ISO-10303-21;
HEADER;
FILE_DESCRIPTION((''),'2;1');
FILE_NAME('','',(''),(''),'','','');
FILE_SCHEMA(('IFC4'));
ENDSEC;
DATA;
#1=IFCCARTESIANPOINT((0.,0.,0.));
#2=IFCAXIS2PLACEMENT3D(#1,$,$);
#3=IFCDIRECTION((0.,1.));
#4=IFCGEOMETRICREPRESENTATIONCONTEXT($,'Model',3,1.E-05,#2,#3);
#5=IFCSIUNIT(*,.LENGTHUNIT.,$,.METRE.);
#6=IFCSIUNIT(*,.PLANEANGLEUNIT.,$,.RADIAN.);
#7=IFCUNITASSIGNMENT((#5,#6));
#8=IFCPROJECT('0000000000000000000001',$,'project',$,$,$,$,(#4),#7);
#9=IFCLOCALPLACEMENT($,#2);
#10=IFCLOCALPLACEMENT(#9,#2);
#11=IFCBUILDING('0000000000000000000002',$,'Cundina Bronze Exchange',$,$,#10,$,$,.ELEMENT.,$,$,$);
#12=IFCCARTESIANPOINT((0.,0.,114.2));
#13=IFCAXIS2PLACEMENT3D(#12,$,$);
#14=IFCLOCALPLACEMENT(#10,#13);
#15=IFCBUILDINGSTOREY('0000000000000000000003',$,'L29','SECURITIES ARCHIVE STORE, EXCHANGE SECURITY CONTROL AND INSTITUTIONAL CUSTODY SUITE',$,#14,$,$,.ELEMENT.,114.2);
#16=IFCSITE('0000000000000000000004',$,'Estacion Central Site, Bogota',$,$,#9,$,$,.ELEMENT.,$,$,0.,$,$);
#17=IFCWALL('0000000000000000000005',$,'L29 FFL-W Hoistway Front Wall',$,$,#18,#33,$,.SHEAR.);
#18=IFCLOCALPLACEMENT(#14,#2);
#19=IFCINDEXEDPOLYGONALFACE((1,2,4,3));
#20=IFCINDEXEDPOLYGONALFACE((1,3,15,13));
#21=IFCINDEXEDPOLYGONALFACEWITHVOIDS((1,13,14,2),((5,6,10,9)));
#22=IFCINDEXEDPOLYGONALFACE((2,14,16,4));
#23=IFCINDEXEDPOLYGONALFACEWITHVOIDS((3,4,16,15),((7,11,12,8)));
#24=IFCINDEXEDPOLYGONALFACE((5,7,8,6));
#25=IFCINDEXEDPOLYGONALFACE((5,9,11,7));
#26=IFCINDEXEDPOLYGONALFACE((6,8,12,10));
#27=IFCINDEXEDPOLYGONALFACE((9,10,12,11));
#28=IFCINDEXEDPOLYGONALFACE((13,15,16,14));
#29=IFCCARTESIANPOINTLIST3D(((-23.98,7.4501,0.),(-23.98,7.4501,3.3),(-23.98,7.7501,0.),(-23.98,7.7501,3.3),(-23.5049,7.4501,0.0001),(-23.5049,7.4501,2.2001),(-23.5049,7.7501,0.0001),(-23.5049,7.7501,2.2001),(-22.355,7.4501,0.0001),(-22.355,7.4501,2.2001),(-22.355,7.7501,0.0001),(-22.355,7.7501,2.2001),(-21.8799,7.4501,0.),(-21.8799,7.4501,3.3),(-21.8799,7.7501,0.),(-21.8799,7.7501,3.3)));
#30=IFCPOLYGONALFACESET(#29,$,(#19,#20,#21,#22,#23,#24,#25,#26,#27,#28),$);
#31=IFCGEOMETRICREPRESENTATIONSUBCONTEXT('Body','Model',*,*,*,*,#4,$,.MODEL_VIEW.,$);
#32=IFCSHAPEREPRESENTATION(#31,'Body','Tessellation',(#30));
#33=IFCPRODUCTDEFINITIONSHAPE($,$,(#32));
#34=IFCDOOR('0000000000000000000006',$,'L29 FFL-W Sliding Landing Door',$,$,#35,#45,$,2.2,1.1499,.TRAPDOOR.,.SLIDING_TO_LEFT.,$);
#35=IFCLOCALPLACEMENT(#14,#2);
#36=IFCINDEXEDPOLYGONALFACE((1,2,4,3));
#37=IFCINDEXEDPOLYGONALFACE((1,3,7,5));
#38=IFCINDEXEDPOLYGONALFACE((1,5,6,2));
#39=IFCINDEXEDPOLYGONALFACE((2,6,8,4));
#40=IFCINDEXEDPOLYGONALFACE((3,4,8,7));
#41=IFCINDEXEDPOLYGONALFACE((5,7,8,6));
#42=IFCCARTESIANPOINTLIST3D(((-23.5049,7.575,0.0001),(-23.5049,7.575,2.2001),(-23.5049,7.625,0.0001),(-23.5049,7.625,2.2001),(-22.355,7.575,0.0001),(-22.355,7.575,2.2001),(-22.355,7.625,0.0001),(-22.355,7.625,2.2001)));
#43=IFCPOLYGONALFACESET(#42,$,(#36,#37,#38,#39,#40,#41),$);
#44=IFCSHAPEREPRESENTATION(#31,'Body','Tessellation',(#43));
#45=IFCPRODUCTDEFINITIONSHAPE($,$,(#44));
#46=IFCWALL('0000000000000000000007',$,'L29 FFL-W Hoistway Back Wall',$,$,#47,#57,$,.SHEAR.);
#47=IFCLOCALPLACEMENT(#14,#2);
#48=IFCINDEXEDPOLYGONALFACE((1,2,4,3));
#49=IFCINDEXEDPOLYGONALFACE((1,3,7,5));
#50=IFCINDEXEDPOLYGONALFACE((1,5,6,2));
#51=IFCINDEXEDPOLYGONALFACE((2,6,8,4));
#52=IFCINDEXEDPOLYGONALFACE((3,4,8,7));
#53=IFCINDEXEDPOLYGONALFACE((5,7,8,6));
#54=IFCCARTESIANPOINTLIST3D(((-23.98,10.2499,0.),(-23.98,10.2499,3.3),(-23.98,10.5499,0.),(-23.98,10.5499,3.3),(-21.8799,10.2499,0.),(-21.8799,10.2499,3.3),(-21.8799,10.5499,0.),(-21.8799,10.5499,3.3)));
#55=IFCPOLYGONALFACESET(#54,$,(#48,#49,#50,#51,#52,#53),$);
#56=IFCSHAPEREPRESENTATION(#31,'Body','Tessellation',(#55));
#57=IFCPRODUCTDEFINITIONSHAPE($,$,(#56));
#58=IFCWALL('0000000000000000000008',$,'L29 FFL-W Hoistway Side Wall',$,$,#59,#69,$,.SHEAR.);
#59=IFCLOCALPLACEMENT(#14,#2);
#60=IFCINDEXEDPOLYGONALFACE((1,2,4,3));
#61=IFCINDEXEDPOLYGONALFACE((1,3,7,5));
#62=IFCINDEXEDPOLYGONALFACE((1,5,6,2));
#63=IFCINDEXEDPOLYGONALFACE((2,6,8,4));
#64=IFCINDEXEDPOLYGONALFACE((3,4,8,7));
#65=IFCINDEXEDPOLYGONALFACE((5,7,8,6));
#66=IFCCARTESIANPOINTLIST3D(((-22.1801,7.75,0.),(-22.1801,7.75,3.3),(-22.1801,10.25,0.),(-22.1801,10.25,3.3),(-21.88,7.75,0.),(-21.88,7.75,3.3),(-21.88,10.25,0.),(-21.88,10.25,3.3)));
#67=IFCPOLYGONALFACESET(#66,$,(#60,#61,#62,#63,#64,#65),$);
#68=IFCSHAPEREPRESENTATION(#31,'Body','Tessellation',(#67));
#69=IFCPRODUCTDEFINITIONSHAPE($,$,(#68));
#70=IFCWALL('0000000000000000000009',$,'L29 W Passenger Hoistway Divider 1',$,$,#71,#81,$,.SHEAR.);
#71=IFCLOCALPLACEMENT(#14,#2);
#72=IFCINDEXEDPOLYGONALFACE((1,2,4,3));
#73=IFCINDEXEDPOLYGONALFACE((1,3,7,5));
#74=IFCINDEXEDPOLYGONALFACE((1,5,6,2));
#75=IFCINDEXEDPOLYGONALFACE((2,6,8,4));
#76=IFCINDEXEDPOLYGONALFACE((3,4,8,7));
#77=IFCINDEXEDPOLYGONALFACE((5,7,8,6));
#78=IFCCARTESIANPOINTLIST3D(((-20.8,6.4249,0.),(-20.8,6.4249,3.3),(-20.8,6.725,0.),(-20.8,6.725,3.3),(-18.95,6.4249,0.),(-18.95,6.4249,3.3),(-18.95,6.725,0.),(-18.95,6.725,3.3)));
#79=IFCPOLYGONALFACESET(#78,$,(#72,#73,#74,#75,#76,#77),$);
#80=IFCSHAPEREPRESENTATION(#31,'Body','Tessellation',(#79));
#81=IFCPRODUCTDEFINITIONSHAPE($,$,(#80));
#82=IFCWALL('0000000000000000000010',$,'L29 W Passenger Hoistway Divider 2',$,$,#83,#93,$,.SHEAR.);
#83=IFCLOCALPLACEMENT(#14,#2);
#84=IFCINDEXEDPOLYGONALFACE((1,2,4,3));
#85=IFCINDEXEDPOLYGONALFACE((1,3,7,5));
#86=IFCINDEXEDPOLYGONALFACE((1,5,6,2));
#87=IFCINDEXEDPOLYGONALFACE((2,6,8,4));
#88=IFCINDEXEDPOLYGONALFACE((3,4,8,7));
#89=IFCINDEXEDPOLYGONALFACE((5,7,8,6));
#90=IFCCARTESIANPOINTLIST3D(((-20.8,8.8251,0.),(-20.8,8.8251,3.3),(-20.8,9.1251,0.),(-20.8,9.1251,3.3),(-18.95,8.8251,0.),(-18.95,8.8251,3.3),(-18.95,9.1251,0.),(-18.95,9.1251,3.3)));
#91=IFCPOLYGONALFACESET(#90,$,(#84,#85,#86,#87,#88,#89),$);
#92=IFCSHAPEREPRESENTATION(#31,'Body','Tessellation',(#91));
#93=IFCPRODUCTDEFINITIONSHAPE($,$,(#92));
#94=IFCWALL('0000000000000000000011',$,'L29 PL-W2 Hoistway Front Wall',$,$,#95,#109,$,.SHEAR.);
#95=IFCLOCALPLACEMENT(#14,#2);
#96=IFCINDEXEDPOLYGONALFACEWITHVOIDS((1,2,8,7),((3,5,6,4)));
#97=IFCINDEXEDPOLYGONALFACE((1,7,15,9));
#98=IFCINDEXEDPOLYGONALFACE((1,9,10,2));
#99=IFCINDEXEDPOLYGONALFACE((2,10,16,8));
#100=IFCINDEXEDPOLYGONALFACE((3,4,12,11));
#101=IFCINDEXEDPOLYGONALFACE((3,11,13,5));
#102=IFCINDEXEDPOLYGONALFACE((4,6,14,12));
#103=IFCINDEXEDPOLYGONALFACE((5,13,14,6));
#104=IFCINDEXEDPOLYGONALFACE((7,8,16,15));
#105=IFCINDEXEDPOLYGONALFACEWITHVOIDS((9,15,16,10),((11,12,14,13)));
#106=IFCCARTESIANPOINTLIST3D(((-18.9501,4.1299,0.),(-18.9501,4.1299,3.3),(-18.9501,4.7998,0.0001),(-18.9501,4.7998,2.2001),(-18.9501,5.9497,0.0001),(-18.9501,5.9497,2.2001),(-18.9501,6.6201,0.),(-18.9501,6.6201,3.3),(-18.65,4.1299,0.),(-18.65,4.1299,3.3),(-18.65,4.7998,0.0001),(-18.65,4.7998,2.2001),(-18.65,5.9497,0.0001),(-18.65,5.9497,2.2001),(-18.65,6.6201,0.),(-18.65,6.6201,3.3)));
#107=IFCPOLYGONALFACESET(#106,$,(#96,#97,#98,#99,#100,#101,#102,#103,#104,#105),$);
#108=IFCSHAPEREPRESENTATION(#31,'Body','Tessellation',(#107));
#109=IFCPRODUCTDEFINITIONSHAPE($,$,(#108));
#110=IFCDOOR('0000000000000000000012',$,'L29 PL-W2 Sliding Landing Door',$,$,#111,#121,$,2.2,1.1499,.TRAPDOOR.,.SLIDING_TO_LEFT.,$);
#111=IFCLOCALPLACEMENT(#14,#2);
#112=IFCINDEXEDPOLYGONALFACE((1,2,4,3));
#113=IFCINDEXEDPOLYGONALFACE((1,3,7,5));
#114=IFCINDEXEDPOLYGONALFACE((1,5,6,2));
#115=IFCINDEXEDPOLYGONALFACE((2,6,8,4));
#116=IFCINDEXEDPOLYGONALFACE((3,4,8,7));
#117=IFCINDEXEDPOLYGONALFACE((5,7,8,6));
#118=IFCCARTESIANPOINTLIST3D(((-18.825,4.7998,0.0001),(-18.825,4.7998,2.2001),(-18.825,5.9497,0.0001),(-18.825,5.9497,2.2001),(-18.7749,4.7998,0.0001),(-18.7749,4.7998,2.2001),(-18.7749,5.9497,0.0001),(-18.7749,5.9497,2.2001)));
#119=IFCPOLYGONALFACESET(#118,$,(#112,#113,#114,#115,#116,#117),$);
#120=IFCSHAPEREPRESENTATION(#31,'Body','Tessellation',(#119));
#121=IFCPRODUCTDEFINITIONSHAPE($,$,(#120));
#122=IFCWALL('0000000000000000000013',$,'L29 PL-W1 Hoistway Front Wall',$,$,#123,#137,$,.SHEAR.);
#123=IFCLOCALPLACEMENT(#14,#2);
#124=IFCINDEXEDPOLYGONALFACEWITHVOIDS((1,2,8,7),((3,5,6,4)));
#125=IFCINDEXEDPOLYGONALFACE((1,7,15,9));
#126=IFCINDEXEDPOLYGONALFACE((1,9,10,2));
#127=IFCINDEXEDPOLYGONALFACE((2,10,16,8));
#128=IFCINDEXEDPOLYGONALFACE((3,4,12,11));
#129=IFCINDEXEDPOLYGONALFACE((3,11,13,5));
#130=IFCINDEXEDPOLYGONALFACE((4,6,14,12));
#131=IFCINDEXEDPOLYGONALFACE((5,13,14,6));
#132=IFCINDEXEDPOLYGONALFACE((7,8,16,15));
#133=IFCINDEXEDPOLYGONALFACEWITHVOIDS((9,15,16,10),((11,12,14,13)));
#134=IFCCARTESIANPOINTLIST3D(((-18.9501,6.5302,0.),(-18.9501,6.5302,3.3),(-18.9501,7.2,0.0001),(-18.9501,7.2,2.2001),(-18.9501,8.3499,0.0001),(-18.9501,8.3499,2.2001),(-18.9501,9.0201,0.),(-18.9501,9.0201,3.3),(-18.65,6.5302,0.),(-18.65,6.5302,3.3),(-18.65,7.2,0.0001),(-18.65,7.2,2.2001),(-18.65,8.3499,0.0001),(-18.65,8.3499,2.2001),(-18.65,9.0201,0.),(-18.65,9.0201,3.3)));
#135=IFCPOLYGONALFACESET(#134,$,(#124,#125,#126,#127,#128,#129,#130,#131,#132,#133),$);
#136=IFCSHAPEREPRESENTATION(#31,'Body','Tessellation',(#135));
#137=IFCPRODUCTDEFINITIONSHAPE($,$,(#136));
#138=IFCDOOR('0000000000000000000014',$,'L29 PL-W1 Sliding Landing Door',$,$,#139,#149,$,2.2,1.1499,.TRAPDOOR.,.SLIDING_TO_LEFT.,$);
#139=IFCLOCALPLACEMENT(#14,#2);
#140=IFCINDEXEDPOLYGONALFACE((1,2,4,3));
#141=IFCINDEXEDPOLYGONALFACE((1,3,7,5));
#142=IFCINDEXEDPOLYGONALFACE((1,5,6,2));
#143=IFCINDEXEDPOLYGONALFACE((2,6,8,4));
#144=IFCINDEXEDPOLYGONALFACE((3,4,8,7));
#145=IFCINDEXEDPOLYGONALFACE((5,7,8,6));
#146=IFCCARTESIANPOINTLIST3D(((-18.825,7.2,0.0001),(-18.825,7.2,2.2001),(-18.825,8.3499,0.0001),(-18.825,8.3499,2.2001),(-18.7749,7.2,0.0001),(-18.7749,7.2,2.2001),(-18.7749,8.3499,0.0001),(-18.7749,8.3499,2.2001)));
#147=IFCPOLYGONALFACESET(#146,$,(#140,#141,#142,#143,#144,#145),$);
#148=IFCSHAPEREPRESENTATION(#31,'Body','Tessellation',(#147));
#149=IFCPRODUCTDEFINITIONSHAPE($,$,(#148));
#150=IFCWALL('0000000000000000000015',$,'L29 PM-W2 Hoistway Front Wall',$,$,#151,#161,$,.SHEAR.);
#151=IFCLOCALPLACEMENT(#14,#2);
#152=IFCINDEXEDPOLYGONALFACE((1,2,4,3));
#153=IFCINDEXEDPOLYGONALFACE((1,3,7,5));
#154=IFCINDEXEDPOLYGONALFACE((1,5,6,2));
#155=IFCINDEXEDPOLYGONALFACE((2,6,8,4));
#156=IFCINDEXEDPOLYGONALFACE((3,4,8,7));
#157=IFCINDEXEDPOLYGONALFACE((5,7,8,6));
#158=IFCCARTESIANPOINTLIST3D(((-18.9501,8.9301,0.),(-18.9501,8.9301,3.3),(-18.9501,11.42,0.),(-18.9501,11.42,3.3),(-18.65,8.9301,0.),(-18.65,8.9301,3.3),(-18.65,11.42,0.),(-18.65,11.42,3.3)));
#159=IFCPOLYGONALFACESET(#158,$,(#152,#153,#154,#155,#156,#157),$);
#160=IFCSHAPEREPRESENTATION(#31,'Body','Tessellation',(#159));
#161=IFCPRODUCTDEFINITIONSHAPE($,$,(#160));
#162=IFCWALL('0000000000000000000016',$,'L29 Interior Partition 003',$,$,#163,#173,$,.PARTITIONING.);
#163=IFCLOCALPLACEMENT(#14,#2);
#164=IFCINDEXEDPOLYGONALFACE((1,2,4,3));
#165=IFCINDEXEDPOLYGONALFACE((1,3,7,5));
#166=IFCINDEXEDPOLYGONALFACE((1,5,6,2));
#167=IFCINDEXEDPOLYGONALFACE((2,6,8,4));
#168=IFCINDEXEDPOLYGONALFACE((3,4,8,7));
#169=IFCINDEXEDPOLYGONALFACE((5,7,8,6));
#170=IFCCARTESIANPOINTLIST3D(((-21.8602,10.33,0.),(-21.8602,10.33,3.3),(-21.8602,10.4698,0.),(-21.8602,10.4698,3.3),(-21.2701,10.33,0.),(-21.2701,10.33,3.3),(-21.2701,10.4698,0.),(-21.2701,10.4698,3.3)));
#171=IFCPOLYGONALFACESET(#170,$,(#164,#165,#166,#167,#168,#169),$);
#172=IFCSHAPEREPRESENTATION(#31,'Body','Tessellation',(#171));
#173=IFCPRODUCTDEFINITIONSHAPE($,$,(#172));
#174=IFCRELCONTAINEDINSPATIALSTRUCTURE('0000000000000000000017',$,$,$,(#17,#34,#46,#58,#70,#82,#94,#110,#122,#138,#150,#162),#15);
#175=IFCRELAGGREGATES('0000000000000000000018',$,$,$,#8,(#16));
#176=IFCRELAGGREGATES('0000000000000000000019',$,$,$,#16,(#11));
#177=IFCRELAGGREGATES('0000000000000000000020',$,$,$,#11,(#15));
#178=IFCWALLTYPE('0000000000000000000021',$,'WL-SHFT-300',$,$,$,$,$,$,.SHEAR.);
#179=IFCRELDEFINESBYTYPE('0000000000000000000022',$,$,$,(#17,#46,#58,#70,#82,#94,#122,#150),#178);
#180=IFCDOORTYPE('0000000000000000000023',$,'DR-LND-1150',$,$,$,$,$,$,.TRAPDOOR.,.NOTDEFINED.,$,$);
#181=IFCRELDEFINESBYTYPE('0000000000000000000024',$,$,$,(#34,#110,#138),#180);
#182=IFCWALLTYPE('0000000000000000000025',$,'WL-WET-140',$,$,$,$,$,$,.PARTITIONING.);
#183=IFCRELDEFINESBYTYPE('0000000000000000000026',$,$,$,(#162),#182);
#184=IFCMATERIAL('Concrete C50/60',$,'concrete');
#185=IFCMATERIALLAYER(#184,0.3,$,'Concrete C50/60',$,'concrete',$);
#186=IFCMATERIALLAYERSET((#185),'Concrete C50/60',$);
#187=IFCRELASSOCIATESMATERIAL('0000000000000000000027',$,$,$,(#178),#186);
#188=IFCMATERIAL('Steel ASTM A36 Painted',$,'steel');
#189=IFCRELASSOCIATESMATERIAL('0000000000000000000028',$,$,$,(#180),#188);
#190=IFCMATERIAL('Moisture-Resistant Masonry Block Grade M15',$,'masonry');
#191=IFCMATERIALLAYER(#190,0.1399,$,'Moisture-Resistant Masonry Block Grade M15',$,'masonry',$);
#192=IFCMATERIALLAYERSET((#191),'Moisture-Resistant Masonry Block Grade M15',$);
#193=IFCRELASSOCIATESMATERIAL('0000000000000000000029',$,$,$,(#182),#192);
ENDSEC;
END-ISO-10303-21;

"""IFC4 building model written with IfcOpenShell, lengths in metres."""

from ifc_helpers import new_model, si_unit, direction, frame, frame_2d, origin, place, context, subcontext, project, spatial, rectangle, extrude, material, layer, layer_set, type_object, element, fill, save


model = new_model("IFC4")

# Units and contexts
model_context = context("Model", 3, precision=1e-05, world=origin(), true_north=direction((0.0, 1.0)))
body_context = subcontext(model_context, "Body", "Model", "MODEL_VIEW")
ifc_project = project(units=[si_unit("LENGTHUNIT", "METRE"), si_unit("PLANEANGLEUNIT", "RADIAN")], contexts=[model_context])

# Site, building, storey
site_placement = place(None, origin())
site = spatial("IfcSite", under=ifc_project, at=site_placement, Name="Estacion Central Site, Bogota", CompositionType="ELEMENT", RefElevation=0.0)
building_placement = place(site_placement, origin())
building = spatial("IfcBuilding", under=site, at=building_placement, Name="Cundina Bronze Exchange", CompositionType="ELEMENT")
storey_placement = place(building_placement, frame((0.0, 0.0, 114.2)))
storey = spatial("IfcBuildingStorey", under=building, at=storey_placement, Name="L29", Description="SECURITIES ARCHIVE STORE, EXCHANGE SECURITY CONTROL AND INSTITUTIONAL CUSTODY SUITE", CompositionType="ELEMENT", Elevation=114.2)

# Shared definitions
ifc_material_1 = material(Name="Concrete C50/60", Category="concrete")
ifc_layer_1 = layer(ifc_material_1, 0.3, Name="Concrete C50/60", Category="concrete")
ifc_layer_set_1 = layer_set([ifc_layer_1], Name="Concrete C50/60")
wall_type_1 = type_object("IfcWallType", Name="WL-SHFT-300", PredefinedType="SHEAR", material=ifc_layer_set_1)

# Wall, opening, door
wall_1_placement = place(storey_placement, frame((-23.98, 7.6001, 0.0), z_axis=(0.0, 0.0, 1.0), x_axis=(1.0, 0.0, 0.0)))
wall_1 = element("IfcWall", 1, at=wall_1_placement, inside=storey, type_object=wall_type_1, Name="L29 FFL-W Hoistway Front Wall", PredefinedType="SHEAR", context=body_context, shape_type="SweptSolid", body=[
    extrude(rectangle(XDim=2.1001, YDim=0.3, at=frame_2d((1.05, 0.0))), origin(), (0.0, 0.0, 1.0), 3.3),
])
opening_1_placement = place(wall_1_placement, frame((0.4751, 0.0, 0.0)))
opening_1 = element("IfcOpeningElement", 2, at=opening_1_placement, cuts=wall_1, PredefinedType="OPENING", context=body_context, shape_type="SweptSolid", body=[
    extrude(rectangle(XDim=1.1499, YDim=2.2, at=frame_2d((0.575, 1.1001))), frame((0.0, 0.1599, 0.0), z_axis=(0.0, -1.0, 0.0), x_axis=(1.0, 0.0, 0.0)), (0.0, 0.0, 1.0), 0.3201),
])
ifc_material_2 = material(Name="Steel ASTM A36 Painted", Category="steel")
door_type = type_object("IfcDoorType", Name="DR-LND-1150", OperationType="NOTDEFINED", PredefinedType="TRAPDOOR", material=ifc_material_2)
door_1_placement = place(opening_1_placement, origin())
door_1 = element("IfcDoor", 3, at=door_1_placement, inside=storey, type_object=door_type, Name="L29 FFL-W Sliding Landing Door", OperationType="SLIDING_TO_LEFT", OverallHeight=2.2, OverallWidth=1.1499, PredefinedType="TRAPDOOR", context=body_context, shape_type="SweptSolid", body=[
    extrude(rectangle(XDim=1.1499, YDim=2.2, at=frame_2d((0.575, 1.1001))), frame((0.0, 0.0249, 0.0), z_axis=(0.0, -1.0, 0.0), x_axis=(1.0, 0.0, 0.0)), (0.0, 0.0, 1.0), 0.05),
])
fill(opening_1, door_1)

# Walls
wall_2_placement = place(storey_placement, frame((-23.98, 10.3999, 0.0), z_axis=(0.0, 0.0, 1.0), x_axis=(1.0, 0.0, 0.0)))
element("IfcWall", 4, at=wall_2_placement, inside=storey, type_object=wall_type_1, Name="L29 FFL-W Hoistway Back Wall", PredefinedType="SHEAR", context=body_context, shape_type="SweptSolid", body=[
    extrude(rectangle(XDim=2.1001, YDim=0.3, at=frame_2d((1.05, 0.0))), origin(), (0.0, 0.0, 1.0), 3.3),
])
wall_3_placement = place(storey_placement, frame((-22.03, 7.75, 0.0), z_axis=(0.0, 0.0, 1.0), x_axis=(0.0, 1.0, 0.0)))
element("IfcWall", 5, at=wall_3_placement, inside=storey, type_object=wall_type_1, Name="L29 FFL-W Hoistway Side Wall", PredefinedType="SHEAR", context=body_context, shape_type="SweptSolid", body=[
    extrude(rectangle(XDim=2.5, YDim=0.3, at=frame_2d((1.25, 0.0))), origin(), (0.0, 0.0, 1.0), 3.3),
])
for number, where, z_axis, x_axis, name in (
    (6, (-20.8, 6.575, 0.0), (0.0, 0.0, 1.0), (1.0, 0.0, 0.0), "L29 W Passenger Hoistway Divider 1"),
    (7, (-20.8, 8.9751, 0.0), (0.0, 0.0, 1.0), (1.0, 0.0, 0.0), "L29 W Passenger Hoistway Divider 2"),
):
    element("IfcWall", number, at=place(storey_placement, frame(where, z_axis=z_axis, x_axis=x_axis)), inside=storey, type_object=wall_type_1, Name=name, PredefinedType="SHEAR", context=body_context, shape_type="SweptSolid", body=[
        extrude(rectangle(XDim=1.8501, YDim=0.3, at=frame_2d((0.925, 0.0))), origin(), (0.0, 0.0, 1.0), 3.3),
    ])

# Walls, openings, doors
wall_4_placement = place(storey_placement, frame((-18.8, 4.1299, 0.0), z_axis=(0.0, 0.0, 1.0), x_axis=(0.0, 1.0, 0.0)))
wall_4 = element("IfcWall", 8, at=wall_4_placement, inside=storey, type_object=wall_type_1, Name="L29 PL-W2 Hoistway Front Wall", PredefinedType="SHEAR", context=body_context, shape_type="SweptSolid", body=[
    extrude(rectangle(XDim=2.4902, YDim=0.3, at=frame_2d((1.2451, 0.0))), origin(), (0.0, 0.0, 1.0), 3.3),
])
opening_2_placement = place(wall_4_placement, frame((0.6699, 0.0, 0.0)))
opening_2 = element("IfcOpeningElement", 9, at=opening_2_placement, cuts=wall_4, PredefinedType="OPENING", context=body_context, shape_type="SweptSolid", body=[
    extrude(rectangle(XDim=1.1499, YDim=2.2, at=frame_2d((0.575, 1.1001))), frame((0.0, 0.1599, 0.0), z_axis=(0.0, -1.0, 0.0), x_axis=(1.0, 0.0, 0.0)), (0.0, 0.0, 1.0), 0.3201),
])
door_2_placement = place(opening_2_placement, origin())
door_2 = element("IfcDoor", 10, at=door_2_placement, inside=storey, type_object=door_type, Name="L29 PL-W2 Sliding Landing Door", OperationType="SLIDING_TO_LEFT", OverallHeight=2.2, OverallWidth=1.1499, PredefinedType="TRAPDOOR", context=body_context, shape_type="SweptSolid", body=[
    extrude(rectangle(XDim=1.1499, YDim=2.2, at=frame_2d((0.575, 1.1001))), frame((0.0, 0.0249, 0.0), z_axis=(0.0, -1.0, 0.0), x_axis=(1.0, 0.0, 0.0)), (0.0, 0.0, 1.0), 0.05),
])
fill(opening_2, door_2)
wall_5_placement = place(storey_placement, frame((-18.8, 6.53, 0.0), z_axis=(0.0, 0.0, 1.0), x_axis=(0.0, 1.0, 0.0)))
wall_5 = element("IfcWall", 11, at=wall_5_placement, inside=storey, type_object=wall_type_1, Name="L29 PL-W1 Hoistway Front Wall", PredefinedType="SHEAR", context=body_context, shape_type="SweptSolid", body=[
    extrude(rectangle(XDim=2.49, YDim=0.3, at=frame_2d((1.2451, 0.0))), origin(), (0.0, 0.0, 1.0), 3.3),
])
opening_3_placement = place(wall_5_placement, frame((0.6699, 0.0, 0.0)))
opening_3 = element("IfcOpeningElement", 12, at=opening_3_placement, cuts=wall_5, PredefinedType="OPENING", context=body_context, shape_type="SweptSolid", body=[
    extrude(rectangle(XDim=1.1499, YDim=2.2, at=frame_2d((0.575, 1.1001))), frame((0.0, 0.1599, 0.0), z_axis=(0.0, -1.0, 0.0), x_axis=(1.0, 0.0, 0.0)), (0.0, 0.0, 1.0), 0.3201),
])
door_3_placement = place(opening_3_placement, origin())
door_3 = element("IfcDoor", 13, at=door_3_placement, inside=storey, type_object=door_type, Name="L29 PL-W1 Sliding Landing Door", OperationType="SLIDING_TO_LEFT", OverallHeight=2.2, OverallWidth=1.1499, PredefinedType="TRAPDOOR", context=body_context, shape_type="SweptSolid", body=[
    extrude(rectangle(XDim=1.1499, YDim=2.2, at=frame_2d((0.575, 1.1001))), frame((0.0, 0.0249, 0.0), z_axis=(0.0, -1.0, 0.0), x_axis=(1.0, 0.0, 0.0)), (0.0, 0.0, 1.0), 0.05),
])
fill(opening_3, door_3)

# Walls
wall_6_placement = place(storey_placement, frame((-18.8, 8.9299, 0.0), z_axis=(0.0, 0.0, 1.0), x_axis=(0.0, 1.0, 0.0)))
element("IfcWall", 14, at=wall_6_placement, inside=storey, type_object=wall_type_1, Name="L29 PM-W2 Hoistway Front Wall", PredefinedType="SHEAR", context=body_context, shape_type="SweptSolid", body=[
    extrude(rectangle(XDim=2.49, YDim=0.3, at=frame_2d((1.2451, 0.0))), origin(), (0.0, 0.0, 1.0), 3.3),
])
ifc_material_3 = material(Name="Moisture-Resistant Masonry Block Grade M15", Category="masonry")
ifc_layer_2 = layer(ifc_material_3, 0.1399, Name="Moisture-Resistant Masonry Block Grade M15", Category="masonry")
ifc_layer_set_2 = layer_set([ifc_layer_2], Name="Moisture-Resistant Masonry Block Grade M15")
wall_type_2 = type_object("IfcWallType", Name="WL-WET-140", PredefinedType="PARTITIONING", material=ifc_layer_set_2)
wall_7_placement = place(storey_placement, frame((-21.8601, 10.3999, 0.0), z_axis=(0.0, 0.0, 1.0), x_axis=(1.0, 0.0, 0.0)))
element("IfcWall", 15, at=wall_7_placement, inside=storey, type_object=wall_type_2, Name="L29 Interior Partition 003", PredefinedType="PARTITIONING", context=body_context, shape_type="SweptSolid", body=[
    extrude(rectangle(XDim=0.5901, YDim=0.1399, at=frame_2d((0.2949, 0.0))), origin(), (0.0, 0.0, 1.0), 3.3),
])

save(model, "model.ifc")
